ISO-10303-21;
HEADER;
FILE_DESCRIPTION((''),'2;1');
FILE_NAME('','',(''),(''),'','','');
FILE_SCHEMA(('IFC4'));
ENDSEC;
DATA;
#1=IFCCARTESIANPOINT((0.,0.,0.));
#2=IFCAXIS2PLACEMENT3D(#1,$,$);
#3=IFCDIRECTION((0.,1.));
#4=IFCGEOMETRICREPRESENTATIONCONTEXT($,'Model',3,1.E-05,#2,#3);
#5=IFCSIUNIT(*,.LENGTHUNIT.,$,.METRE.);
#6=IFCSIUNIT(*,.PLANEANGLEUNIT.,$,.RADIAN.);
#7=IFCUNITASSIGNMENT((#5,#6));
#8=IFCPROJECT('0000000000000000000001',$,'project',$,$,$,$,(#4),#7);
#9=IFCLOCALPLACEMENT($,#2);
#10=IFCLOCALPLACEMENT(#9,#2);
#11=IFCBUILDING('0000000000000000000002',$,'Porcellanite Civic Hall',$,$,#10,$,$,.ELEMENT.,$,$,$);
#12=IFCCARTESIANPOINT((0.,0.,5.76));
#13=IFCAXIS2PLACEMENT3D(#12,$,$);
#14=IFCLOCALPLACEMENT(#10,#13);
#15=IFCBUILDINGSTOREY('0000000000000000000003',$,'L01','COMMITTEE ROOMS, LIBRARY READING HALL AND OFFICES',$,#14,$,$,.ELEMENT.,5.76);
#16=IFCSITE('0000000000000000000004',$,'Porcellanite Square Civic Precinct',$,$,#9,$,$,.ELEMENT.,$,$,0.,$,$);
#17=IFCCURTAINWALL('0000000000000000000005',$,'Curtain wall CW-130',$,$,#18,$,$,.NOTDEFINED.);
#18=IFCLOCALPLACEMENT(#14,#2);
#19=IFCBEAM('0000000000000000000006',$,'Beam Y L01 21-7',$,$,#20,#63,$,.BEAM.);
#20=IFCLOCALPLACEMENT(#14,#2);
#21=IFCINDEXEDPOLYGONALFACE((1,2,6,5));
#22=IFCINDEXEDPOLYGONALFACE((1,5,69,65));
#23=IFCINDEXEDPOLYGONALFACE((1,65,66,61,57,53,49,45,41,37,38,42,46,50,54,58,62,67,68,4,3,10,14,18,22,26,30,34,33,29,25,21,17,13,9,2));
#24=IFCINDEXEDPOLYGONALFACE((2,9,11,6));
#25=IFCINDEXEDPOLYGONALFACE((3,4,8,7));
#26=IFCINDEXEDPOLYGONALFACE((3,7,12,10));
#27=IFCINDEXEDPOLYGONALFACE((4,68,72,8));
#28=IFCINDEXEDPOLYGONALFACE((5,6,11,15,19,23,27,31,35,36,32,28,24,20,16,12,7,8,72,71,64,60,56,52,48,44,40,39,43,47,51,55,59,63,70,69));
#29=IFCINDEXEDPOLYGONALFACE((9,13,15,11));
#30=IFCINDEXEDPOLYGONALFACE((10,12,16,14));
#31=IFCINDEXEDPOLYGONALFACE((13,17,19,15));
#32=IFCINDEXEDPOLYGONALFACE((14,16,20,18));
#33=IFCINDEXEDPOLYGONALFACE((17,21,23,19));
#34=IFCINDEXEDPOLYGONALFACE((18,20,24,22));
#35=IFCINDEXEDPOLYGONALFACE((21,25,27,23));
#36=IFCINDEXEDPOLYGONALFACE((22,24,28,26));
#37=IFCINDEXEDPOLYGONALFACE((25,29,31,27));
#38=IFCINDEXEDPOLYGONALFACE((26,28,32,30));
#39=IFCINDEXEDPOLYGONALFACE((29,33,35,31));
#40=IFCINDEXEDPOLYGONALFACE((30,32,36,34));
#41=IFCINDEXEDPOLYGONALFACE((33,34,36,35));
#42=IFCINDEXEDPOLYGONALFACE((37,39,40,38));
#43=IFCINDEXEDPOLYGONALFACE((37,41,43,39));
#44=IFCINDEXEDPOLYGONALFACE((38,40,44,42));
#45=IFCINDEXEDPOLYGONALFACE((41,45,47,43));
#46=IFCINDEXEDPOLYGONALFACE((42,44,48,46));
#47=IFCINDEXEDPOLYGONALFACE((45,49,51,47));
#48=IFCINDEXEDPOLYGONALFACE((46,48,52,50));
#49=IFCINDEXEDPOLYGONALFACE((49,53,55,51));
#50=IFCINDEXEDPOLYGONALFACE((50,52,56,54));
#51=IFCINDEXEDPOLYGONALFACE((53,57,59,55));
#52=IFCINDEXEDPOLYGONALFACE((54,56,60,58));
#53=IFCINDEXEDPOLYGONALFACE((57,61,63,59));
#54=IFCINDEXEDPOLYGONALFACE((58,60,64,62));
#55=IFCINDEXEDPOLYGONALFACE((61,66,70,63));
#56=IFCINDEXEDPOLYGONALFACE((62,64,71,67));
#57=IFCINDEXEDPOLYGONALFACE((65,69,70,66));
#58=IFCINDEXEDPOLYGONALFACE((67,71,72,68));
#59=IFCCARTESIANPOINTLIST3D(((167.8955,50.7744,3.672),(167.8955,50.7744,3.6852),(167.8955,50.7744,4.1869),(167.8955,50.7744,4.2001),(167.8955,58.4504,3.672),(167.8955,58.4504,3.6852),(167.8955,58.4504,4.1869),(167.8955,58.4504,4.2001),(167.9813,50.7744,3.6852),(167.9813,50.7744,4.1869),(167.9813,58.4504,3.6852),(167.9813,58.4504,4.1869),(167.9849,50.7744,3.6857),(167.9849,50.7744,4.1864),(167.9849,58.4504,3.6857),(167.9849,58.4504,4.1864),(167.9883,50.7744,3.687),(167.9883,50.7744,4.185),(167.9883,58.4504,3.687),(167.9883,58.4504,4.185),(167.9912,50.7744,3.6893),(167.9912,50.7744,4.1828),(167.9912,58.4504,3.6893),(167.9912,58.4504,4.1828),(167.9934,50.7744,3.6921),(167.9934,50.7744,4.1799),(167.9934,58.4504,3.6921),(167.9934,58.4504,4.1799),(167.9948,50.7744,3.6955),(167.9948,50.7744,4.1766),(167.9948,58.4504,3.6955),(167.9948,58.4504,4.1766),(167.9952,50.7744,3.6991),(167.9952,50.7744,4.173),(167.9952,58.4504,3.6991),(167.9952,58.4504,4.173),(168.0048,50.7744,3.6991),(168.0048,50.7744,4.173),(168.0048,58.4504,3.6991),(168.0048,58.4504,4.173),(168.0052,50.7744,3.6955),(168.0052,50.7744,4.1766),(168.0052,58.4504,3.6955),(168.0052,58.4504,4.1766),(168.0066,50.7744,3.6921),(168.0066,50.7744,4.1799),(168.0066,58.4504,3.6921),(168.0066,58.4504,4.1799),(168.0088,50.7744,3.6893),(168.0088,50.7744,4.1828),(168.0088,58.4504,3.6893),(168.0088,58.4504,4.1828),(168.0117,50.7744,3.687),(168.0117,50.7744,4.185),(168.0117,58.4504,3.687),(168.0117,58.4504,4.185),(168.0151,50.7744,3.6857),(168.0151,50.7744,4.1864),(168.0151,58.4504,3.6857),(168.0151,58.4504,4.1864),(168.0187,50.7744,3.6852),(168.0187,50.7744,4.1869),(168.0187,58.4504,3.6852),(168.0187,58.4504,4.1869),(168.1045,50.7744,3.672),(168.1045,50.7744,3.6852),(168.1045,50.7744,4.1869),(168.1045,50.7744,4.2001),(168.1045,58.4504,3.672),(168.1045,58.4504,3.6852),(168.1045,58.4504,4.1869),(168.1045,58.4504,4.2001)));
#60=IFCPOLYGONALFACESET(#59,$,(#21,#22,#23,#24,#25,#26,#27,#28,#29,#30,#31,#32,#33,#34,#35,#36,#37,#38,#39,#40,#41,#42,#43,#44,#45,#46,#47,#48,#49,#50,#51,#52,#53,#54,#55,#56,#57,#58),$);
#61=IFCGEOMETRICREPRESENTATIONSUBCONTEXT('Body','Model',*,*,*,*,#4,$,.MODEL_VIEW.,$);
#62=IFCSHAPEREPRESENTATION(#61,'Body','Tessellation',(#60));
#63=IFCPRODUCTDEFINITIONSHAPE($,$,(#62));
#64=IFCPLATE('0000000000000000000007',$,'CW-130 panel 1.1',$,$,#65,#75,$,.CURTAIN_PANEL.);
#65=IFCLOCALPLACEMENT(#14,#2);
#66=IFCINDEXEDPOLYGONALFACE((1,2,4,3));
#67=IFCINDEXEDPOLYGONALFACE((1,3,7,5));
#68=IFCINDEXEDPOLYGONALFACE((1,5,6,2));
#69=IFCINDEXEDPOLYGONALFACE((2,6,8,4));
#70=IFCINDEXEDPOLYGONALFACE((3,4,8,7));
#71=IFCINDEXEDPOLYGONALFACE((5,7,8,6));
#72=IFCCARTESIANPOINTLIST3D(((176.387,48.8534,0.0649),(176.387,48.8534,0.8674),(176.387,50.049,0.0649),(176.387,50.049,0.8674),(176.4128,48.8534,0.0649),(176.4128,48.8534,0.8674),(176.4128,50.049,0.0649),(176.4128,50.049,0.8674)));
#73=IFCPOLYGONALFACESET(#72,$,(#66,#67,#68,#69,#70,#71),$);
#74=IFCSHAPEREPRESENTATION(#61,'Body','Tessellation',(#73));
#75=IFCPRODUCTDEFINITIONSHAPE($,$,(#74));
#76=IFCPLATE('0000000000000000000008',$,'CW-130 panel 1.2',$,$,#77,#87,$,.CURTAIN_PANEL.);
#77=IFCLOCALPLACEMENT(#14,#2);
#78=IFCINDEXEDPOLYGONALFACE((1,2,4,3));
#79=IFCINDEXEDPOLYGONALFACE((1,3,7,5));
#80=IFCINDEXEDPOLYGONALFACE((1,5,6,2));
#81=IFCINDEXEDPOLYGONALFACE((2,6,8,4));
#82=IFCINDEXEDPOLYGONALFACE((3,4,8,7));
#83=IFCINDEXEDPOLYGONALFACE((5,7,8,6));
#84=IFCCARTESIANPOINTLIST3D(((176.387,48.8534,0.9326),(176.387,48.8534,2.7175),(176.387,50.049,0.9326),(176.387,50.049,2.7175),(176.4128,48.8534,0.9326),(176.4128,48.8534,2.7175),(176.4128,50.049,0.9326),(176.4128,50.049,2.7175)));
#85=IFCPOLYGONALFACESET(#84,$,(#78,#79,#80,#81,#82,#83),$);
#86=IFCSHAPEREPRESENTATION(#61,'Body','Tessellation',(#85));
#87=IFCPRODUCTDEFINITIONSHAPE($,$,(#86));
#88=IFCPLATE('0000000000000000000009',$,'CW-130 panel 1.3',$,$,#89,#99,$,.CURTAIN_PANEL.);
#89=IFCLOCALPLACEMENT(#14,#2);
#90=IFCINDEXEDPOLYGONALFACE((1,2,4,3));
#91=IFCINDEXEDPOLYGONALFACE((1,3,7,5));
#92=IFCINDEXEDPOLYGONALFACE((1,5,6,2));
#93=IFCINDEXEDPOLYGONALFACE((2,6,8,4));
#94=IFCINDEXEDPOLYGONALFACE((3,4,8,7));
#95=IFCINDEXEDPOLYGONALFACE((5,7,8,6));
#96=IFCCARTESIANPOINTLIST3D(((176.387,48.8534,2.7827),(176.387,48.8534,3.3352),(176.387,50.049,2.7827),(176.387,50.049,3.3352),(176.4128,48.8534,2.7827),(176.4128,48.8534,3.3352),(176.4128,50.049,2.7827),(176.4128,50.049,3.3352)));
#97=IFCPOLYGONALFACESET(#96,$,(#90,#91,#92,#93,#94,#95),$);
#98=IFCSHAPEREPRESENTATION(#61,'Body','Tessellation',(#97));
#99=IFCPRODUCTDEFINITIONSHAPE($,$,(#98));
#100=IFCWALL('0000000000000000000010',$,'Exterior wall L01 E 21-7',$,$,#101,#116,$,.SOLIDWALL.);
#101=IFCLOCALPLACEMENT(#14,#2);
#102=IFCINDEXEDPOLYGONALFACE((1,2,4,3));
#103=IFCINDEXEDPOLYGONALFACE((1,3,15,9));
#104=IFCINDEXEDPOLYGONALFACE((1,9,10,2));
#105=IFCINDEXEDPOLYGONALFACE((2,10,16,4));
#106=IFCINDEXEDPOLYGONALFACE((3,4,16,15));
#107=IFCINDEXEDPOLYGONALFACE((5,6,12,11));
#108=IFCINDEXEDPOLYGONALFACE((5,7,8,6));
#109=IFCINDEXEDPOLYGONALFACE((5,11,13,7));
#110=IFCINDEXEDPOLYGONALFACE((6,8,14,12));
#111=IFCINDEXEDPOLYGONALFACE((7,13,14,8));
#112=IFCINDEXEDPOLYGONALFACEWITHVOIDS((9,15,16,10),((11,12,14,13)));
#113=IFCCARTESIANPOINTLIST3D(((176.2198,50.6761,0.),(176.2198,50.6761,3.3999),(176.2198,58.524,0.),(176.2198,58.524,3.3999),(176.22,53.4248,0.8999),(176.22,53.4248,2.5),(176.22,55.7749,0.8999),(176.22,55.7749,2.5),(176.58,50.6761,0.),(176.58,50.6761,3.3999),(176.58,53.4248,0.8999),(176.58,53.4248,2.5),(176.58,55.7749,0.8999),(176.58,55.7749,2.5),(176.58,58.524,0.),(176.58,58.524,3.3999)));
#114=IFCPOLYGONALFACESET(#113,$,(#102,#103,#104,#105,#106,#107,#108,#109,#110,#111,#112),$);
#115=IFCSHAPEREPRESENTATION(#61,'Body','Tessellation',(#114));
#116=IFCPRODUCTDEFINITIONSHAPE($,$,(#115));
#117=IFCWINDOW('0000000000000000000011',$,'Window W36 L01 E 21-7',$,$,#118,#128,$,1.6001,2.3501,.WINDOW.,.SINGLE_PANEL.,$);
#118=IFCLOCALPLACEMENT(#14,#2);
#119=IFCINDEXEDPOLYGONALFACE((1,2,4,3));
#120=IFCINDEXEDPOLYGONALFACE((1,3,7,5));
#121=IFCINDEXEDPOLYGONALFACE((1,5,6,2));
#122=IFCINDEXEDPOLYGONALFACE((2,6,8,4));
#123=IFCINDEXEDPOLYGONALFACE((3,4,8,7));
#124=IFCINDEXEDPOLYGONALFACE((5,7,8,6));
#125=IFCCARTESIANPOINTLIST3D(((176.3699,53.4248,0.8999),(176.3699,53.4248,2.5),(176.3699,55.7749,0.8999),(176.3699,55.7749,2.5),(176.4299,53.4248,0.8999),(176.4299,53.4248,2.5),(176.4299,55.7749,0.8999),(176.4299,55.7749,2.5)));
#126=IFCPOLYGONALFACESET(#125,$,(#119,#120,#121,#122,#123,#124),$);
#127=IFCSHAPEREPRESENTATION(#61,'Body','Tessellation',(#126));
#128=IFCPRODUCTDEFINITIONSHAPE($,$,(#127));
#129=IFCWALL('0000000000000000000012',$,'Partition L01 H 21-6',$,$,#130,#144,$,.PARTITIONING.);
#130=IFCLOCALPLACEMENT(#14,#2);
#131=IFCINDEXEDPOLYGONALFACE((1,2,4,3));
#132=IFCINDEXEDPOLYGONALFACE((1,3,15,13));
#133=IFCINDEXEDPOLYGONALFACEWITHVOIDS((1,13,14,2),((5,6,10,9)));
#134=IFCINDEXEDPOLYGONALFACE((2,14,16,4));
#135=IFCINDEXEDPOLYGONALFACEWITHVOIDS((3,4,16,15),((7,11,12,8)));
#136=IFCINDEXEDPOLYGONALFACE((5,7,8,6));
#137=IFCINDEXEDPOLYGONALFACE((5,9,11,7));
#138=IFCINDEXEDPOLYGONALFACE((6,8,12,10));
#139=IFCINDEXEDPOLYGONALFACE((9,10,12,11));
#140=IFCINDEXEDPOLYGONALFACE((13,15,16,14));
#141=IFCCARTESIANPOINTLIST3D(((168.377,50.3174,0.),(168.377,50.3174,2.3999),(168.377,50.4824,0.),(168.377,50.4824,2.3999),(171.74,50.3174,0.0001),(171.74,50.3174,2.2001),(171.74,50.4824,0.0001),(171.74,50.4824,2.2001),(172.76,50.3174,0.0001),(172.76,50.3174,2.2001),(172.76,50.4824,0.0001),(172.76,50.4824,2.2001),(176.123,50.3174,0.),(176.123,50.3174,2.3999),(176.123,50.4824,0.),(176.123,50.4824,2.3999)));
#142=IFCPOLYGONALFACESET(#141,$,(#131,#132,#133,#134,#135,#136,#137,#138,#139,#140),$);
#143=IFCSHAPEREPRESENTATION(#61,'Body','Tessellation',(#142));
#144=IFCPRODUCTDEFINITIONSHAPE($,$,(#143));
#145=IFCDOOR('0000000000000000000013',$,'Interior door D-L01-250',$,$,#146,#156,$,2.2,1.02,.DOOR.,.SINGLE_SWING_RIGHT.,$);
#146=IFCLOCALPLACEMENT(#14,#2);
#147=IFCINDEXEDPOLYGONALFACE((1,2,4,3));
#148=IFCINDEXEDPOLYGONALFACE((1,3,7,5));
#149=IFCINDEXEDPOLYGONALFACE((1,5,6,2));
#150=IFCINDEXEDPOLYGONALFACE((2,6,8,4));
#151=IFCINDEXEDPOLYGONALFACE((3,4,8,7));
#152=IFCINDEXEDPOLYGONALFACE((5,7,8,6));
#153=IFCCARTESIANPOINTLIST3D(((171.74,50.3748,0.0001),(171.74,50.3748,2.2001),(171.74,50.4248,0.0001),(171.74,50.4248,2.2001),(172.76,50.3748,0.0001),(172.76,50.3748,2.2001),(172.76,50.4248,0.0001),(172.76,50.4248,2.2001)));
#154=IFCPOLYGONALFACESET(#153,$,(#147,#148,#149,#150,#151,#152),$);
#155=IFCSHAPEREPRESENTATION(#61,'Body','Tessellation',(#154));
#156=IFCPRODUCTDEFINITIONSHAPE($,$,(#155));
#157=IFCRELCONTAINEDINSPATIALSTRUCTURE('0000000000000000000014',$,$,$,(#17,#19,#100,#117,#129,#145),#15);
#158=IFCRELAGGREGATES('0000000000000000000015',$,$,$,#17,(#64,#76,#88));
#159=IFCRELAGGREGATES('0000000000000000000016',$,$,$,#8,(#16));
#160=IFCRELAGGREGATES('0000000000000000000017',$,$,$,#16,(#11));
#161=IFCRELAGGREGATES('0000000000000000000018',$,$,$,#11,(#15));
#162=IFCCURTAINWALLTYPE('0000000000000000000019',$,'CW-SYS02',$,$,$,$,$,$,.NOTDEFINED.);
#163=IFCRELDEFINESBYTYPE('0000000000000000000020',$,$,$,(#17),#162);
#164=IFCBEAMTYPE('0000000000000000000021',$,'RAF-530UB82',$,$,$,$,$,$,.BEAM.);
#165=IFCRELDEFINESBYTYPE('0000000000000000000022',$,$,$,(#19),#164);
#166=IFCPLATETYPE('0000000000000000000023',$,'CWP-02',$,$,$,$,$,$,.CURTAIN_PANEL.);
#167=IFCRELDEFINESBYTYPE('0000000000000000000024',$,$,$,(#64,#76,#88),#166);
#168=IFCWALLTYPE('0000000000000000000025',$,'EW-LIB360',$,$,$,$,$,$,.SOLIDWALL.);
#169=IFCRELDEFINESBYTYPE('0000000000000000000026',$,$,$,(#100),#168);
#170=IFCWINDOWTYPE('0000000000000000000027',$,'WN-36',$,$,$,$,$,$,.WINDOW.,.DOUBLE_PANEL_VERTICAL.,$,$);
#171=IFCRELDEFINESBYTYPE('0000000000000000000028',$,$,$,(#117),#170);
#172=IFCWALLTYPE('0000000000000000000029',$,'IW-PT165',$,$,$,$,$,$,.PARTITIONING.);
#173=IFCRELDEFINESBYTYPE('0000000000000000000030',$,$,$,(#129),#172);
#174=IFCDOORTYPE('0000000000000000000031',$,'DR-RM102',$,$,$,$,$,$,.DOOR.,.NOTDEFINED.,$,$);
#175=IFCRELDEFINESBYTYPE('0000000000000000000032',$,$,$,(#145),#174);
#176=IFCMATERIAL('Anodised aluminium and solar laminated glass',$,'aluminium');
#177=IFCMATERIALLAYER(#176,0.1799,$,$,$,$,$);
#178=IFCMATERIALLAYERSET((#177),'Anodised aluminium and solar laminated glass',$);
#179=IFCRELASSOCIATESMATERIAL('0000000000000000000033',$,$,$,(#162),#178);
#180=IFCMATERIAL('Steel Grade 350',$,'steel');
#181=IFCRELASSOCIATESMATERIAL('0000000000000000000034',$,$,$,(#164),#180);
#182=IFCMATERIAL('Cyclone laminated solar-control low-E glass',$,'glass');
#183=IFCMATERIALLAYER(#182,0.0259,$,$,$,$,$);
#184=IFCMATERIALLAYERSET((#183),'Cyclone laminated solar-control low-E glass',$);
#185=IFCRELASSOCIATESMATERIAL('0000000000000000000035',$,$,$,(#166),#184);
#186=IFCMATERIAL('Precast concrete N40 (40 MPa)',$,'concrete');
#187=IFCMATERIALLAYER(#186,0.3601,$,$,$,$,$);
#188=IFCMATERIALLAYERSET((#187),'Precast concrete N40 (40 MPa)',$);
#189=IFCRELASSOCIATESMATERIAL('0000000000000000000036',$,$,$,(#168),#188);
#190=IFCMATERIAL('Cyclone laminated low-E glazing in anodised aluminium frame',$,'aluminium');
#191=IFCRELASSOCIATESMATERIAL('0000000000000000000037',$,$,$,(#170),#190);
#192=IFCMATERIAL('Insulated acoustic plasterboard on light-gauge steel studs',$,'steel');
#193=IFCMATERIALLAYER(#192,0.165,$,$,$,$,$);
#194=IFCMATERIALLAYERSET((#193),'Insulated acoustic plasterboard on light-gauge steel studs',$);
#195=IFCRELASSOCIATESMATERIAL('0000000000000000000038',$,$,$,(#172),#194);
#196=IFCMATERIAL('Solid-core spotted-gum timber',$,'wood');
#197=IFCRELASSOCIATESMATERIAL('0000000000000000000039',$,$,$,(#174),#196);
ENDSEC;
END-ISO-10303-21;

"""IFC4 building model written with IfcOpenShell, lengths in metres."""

from ifc_helpers import new_model, si_unit, direction, frame, frame_2d, origin, origin_2d, place, context, subcontext, project, spatial, rectangle, i_section, extrude, material, layer, layer_set, material_profile, profile_set, type_object, element, fill, aggregate, save


model = new_model("IFC4")

# Units and contexts
model_context = context("Model", 3, precision=1e-05, world=origin(), true_north=direction((0.0, 1.0)))
body_context = subcontext(model_context, "Body", "Model", "MODEL_VIEW")
ifc_project = project(units=[si_unit("LENGTHUNIT", "METRE"), si_unit("PLANEANGLEUNIT", "RADIAN")], contexts=[model_context])

# Site, building, storey
site_placement = place(None, origin())
site = spatial("IfcSite", under=ifc_project, at=site_placement, Name="Porcellanite Square Civic Precinct", CompositionType="ELEMENT", RefElevation=0.0)
building_placement = place(site_placement, origin())
building = spatial("IfcBuilding", under=site, at=building_placement, Name="Porcellanite Civic Hall", CompositionType="ELEMENT")
storey_placement = place(building_placement, frame((0.0, 0.0, 5.76)))
storey = spatial("IfcBuildingStorey", under=building, at=storey_placement, Name="L01", Description="COMMITTEE ROOMS, LIBRARY READING HALL AND OFFICES", CompositionType="ELEMENT", Elevation=5.76)

# Curtain wall
ifc_material_1 = material(Name="Anodised aluminium and solar laminated glass", Category="aluminium")
ifc_layer_1 = layer(ifc_material_1, 0.1799)
ifc_layer_set_1 = layer_set([ifc_layer_1], Name="Anodised aluminium and solar laminated glass")
curtain_wall_type = type_object("IfcCurtainWallType", Name="CW-SYS02", PredefinedType="NOTDEFINED", material=ifc_layer_set_1)
curtain_wall_placement = place(storey_placement, origin())
curtain_wall = element("IfcCurtainWall", 1, at=curtain_wall_placement, inside=storey, type_object=curtain_wall_type, Name="Curtain wall CW-130", PredefinedType="NOTDEFINED")

# Beam
ifc_material_2 = material(Name="Steel Grade 350", Category="steel")
ifc_material_profile_1 = material_profile(ifc_material_2, i_section(OverallWidth=0.209, OverallDepth=0.5281, WebThickness=0.0095, FlangeThickness=0.0132, FilletRadius=0.0139, at=origin_2d()), Name="530UB82.0")
ifc_profile_set_1 = profile_set([ifc_material_profile_1], Name="Steel Grade 350")
beam_type_1 = type_object("IfcBeamType", Name="RAF-530UB82", PredefinedType="BEAM", material=ifc_profile_set_1)
beam_1_placement = place(storey_placement, frame((168.0, 50.7744, 3.936), z_axis=(0.0, 1.0, 0.0), x_axis=(-1.0, 0.0, 0.0)))
element("IfcBeam", 2, at=beam_1_placement, inside=storey, type_object=beam_type_1, Name="Beam Y L01 21-7", PredefinedType="BEAM", context=body_context, shape_type="SweptSolid", body=[
    extrude(i_section(OverallWidth=0.209, OverallDepth=0.5281, WebThickness=0.0095, FlangeThickness=0.0132, FilletRadius=0.0139, at=origin_2d()), origin(), (0.0, 0.0, 1.0), 7.676),
])

# Plates
ifc_material_3 = material(Name="Cyclone laminated solar-control low-E glass", Category="glass")
ifc_layer_2 = layer(ifc_material_3, 0.0259)
ifc_layer_set_2 = layer_set([ifc_layer_2], Name="Cyclone laminated solar-control low-E glass")
plate_type = type_object("IfcPlateType", Name="CWP-02", PredefinedType="CURTAIN_PANEL", material=ifc_layer_set_2)
plate_1_placement = place(storey_placement, frame((176.3999, 49.4512, 0.0649), z_axis=(0.0, 0.0, 1.0), x_axis=(0.0, -1.0, 0.0)))
plate_1 = element("IfcPlate", 3, at=plate_1_placement, type_object=plate_type, Name="CW-130 panel 1.1", PredefinedType="CURTAIN_PANEL", context=body_context, shape_type="SweptSolid", body=[
    extrude(rectangle(XDim=1.1956, YDim=0.0259, at=origin_2d()), origin(), (0.0, 0.0, 1.0), 0.8025),
])
plate_2_placement = place(storey_placement, frame((176.3999, 49.4512, 0.9326), z_axis=(0.0, 0.0, 1.0), x_axis=(0.0, -1.0, 0.0)))
plate_2 = element("IfcPlate", 4, at=plate_2_placement, type_object=plate_type, Name="CW-130 panel 1.2", PredefinedType="CURTAIN_PANEL", context=body_context, shape_type="SweptSolid", body=[
    extrude(rectangle(XDim=1.1956, YDim=0.0259, at=origin_2d()), origin(), (0.0, 0.0, 1.0), 1.7849),
])
plate_3_placement = place(storey_placement, frame((176.3999, 49.4512, 2.7827), z_axis=(0.0, 0.0, 1.0), x_axis=(0.0, -1.0, 0.0)))
plate_3 = element("IfcPlate", 5, at=plate_3_placement, type_object=plate_type, Name="CW-130 panel 1.3", PredefinedType="CURTAIN_PANEL", context=body_context, shape_type="SweptSolid", body=[
    extrude(rectangle(XDim=1.1956, YDim=0.0259, at=origin_2d()), origin(), (0.0, 0.0, 1.0), 0.5525),
])
aggregate(curtain_wall, [plate_1, plate_2, plate_3])

# Wall, opening, window
ifc_material_4 = material(Name="Precast concrete N40 (40 MPa)", Category="concrete")
ifc_layer_3 = layer(ifc_material_4, 0.3601)
ifc_layer_set_3 = layer_set([ifc_layer_3], Name="Precast concrete N40 (40 MPa)")
wall_type_1 = type_object("IfcWallType", Name="EW-LIB360", PredefinedType="SOLIDWALL", material=ifc_layer_set_3)
wall_1_placement = place(storey_placement, frame((176.3999, 58.5239, 0.0), z_axis=(0.0, 0.0, 1.0), x_axis=(0.0, -1.0, 0.0)))
wall_1 = element("IfcWall", 6, at=wall_1_placement, inside=storey, type_object=wall_type_1, Name="Exterior wall L01 E 21-7", PredefinedType="SOLIDWALL", context=body_context, shape_type="SweptSolid", body=[
    extrude(rectangle(XDim=7.8479, YDim=0.3601, at=frame_2d((3.9238, 0.0))), origin(), (0.0, 0.0, 1.0), 3.3999),
])
opening_1_placement = place(wall_1_placement, frame((2.749, 0.0, 0.8999)))
opening_1 = element("IfcOpeningElement", 7, at=opening_1_placement, cuts=wall_1, PredefinedType="OPENING", context=body_context, shape_type="SweptSolid", body=[
    extrude(rectangle(XDim=2.3501, YDim=1.6001, at=frame_2d((1.175, 0.8))), frame((0.0, 0.1802, 0.0), z_axis=(0.0, -1.0, 0.0), x_axis=(1.0, 0.0, 0.0)), (0.0, 0.0, 1.0), 0.3601),
])
ifc_material_5 = material(Name="Cyclone laminated low-E glazing in anodised aluminium frame", Category="aluminium")
window_type = type_object("IfcWindowType", Name="WN-36", PartitioningType="DOUBLE_PANEL_VERTICAL", PredefinedType="WINDOW", material=ifc_material_5)
window_placement = place(opening_1_placement, origin())
window = element("IfcWindow", 8, at=window_placement, inside=storey, type_object=window_type, Name="Window W36 L01 E 21-7", OverallHeight=1.6001, OverallWidth=2.3501, PartitioningType="SINGLE_PANEL", PredefinedType="WINDOW", context=body_context, shape_type="SweptSolid", body=[
    extrude(rectangle(XDim=2.3501, YDim=1.6001, at=frame_2d((1.175, 0.8))), frame((0.0, 0.03, 0.0), z_axis=(0.0, -1.0, 0.0), x_axis=(1.0, 0.0, 0.0)), (0.0, 0.0, 1.0), 0.0601),
])
fill(opening_1, window)

# Wall, opening, door
ifc_material_6 = material(Name="Insulated acoustic plasterboard on light-gauge steel studs", Category="steel")
ifc_layer_4 = layer(ifc_material_6, 0.165)
ifc_layer_set_4 = layer_set([ifc_layer_4], Name="Insulated acoustic plasterboard on light-gauge steel studs")
wall_type_2 = type_object("IfcWallType", Name="IW-PT165", PredefinedType="PARTITIONING", material=ifc_layer_set_4)
wall_2_placement = place(storey_placement, frame((168.377, 50.3999, 0.0), z_axis=(0.0, 0.0, 1.0), x_axis=(1.0, 0.0, 0.0)))
wall_2 = element("IfcWall", 9, at=wall_2_placement, inside=storey, type_object=wall_type_2, Name="Partition L01 H 21-6", PredefinedType="PARTITIONING", context=body_context, shape_type="SweptSolid", body=[
    extrude(rectangle(XDim=7.7461, YDim=0.165, at=frame_2d((3.873, 0.0))), origin(), (0.0, 0.0, 1.0), 2.3999),
])
opening_2_placement = place(wall_2_placement, frame((3.363, 0.0, 0.0)))
opening_2 = element("IfcOpeningElement", 10, at=opening_2_placement, cuts=wall_2, PredefinedType="OPENING", context=body_context, shape_type="SweptSolid", body=[
    extrude(rectangle(XDim=1.02, YDim=2.2, at=frame_2d((0.51, 1.1001))), frame((0.0, 0.0825, 0.0), z_axis=(0.0, -1.0, 0.0), x_axis=(1.0, 0.0, 0.0)), (0.0, 0.0, 1.0), 0.165),
])
ifc_material_7 = material(Name="Solid-core spotted-gum timber", Category="wood")
door_type = type_object("IfcDoorType", Name="DR-RM102", OperationType="NOTDEFINED", PredefinedType="DOOR", material=ifc_material_7)
door_placement = place(opening_2_placement, origin())
door = element("IfcDoor", 11, at=door_placement, inside=storey, type_object=door_type, Name="Interior door D-L01-250", OperationType="SINGLE_SWING_RIGHT", OverallHeight=2.2, OverallWidth=1.02, PredefinedType="DOOR", context=body_context, shape_type="SweptSolid", body=[
    extrude(rectangle(XDim=1.02, YDim=2.2, at=frame_2d((0.51, 1.1001))), frame((0.0, 0.0249, 0.0), z_axis=(0.0, -1.0, 0.0), x_axis=(1.0, 0.0, 0.0)), (0.0, 0.0, 1.0), 0.05),
])
fill(opening_2, door)

save(model, "model.ifc")
